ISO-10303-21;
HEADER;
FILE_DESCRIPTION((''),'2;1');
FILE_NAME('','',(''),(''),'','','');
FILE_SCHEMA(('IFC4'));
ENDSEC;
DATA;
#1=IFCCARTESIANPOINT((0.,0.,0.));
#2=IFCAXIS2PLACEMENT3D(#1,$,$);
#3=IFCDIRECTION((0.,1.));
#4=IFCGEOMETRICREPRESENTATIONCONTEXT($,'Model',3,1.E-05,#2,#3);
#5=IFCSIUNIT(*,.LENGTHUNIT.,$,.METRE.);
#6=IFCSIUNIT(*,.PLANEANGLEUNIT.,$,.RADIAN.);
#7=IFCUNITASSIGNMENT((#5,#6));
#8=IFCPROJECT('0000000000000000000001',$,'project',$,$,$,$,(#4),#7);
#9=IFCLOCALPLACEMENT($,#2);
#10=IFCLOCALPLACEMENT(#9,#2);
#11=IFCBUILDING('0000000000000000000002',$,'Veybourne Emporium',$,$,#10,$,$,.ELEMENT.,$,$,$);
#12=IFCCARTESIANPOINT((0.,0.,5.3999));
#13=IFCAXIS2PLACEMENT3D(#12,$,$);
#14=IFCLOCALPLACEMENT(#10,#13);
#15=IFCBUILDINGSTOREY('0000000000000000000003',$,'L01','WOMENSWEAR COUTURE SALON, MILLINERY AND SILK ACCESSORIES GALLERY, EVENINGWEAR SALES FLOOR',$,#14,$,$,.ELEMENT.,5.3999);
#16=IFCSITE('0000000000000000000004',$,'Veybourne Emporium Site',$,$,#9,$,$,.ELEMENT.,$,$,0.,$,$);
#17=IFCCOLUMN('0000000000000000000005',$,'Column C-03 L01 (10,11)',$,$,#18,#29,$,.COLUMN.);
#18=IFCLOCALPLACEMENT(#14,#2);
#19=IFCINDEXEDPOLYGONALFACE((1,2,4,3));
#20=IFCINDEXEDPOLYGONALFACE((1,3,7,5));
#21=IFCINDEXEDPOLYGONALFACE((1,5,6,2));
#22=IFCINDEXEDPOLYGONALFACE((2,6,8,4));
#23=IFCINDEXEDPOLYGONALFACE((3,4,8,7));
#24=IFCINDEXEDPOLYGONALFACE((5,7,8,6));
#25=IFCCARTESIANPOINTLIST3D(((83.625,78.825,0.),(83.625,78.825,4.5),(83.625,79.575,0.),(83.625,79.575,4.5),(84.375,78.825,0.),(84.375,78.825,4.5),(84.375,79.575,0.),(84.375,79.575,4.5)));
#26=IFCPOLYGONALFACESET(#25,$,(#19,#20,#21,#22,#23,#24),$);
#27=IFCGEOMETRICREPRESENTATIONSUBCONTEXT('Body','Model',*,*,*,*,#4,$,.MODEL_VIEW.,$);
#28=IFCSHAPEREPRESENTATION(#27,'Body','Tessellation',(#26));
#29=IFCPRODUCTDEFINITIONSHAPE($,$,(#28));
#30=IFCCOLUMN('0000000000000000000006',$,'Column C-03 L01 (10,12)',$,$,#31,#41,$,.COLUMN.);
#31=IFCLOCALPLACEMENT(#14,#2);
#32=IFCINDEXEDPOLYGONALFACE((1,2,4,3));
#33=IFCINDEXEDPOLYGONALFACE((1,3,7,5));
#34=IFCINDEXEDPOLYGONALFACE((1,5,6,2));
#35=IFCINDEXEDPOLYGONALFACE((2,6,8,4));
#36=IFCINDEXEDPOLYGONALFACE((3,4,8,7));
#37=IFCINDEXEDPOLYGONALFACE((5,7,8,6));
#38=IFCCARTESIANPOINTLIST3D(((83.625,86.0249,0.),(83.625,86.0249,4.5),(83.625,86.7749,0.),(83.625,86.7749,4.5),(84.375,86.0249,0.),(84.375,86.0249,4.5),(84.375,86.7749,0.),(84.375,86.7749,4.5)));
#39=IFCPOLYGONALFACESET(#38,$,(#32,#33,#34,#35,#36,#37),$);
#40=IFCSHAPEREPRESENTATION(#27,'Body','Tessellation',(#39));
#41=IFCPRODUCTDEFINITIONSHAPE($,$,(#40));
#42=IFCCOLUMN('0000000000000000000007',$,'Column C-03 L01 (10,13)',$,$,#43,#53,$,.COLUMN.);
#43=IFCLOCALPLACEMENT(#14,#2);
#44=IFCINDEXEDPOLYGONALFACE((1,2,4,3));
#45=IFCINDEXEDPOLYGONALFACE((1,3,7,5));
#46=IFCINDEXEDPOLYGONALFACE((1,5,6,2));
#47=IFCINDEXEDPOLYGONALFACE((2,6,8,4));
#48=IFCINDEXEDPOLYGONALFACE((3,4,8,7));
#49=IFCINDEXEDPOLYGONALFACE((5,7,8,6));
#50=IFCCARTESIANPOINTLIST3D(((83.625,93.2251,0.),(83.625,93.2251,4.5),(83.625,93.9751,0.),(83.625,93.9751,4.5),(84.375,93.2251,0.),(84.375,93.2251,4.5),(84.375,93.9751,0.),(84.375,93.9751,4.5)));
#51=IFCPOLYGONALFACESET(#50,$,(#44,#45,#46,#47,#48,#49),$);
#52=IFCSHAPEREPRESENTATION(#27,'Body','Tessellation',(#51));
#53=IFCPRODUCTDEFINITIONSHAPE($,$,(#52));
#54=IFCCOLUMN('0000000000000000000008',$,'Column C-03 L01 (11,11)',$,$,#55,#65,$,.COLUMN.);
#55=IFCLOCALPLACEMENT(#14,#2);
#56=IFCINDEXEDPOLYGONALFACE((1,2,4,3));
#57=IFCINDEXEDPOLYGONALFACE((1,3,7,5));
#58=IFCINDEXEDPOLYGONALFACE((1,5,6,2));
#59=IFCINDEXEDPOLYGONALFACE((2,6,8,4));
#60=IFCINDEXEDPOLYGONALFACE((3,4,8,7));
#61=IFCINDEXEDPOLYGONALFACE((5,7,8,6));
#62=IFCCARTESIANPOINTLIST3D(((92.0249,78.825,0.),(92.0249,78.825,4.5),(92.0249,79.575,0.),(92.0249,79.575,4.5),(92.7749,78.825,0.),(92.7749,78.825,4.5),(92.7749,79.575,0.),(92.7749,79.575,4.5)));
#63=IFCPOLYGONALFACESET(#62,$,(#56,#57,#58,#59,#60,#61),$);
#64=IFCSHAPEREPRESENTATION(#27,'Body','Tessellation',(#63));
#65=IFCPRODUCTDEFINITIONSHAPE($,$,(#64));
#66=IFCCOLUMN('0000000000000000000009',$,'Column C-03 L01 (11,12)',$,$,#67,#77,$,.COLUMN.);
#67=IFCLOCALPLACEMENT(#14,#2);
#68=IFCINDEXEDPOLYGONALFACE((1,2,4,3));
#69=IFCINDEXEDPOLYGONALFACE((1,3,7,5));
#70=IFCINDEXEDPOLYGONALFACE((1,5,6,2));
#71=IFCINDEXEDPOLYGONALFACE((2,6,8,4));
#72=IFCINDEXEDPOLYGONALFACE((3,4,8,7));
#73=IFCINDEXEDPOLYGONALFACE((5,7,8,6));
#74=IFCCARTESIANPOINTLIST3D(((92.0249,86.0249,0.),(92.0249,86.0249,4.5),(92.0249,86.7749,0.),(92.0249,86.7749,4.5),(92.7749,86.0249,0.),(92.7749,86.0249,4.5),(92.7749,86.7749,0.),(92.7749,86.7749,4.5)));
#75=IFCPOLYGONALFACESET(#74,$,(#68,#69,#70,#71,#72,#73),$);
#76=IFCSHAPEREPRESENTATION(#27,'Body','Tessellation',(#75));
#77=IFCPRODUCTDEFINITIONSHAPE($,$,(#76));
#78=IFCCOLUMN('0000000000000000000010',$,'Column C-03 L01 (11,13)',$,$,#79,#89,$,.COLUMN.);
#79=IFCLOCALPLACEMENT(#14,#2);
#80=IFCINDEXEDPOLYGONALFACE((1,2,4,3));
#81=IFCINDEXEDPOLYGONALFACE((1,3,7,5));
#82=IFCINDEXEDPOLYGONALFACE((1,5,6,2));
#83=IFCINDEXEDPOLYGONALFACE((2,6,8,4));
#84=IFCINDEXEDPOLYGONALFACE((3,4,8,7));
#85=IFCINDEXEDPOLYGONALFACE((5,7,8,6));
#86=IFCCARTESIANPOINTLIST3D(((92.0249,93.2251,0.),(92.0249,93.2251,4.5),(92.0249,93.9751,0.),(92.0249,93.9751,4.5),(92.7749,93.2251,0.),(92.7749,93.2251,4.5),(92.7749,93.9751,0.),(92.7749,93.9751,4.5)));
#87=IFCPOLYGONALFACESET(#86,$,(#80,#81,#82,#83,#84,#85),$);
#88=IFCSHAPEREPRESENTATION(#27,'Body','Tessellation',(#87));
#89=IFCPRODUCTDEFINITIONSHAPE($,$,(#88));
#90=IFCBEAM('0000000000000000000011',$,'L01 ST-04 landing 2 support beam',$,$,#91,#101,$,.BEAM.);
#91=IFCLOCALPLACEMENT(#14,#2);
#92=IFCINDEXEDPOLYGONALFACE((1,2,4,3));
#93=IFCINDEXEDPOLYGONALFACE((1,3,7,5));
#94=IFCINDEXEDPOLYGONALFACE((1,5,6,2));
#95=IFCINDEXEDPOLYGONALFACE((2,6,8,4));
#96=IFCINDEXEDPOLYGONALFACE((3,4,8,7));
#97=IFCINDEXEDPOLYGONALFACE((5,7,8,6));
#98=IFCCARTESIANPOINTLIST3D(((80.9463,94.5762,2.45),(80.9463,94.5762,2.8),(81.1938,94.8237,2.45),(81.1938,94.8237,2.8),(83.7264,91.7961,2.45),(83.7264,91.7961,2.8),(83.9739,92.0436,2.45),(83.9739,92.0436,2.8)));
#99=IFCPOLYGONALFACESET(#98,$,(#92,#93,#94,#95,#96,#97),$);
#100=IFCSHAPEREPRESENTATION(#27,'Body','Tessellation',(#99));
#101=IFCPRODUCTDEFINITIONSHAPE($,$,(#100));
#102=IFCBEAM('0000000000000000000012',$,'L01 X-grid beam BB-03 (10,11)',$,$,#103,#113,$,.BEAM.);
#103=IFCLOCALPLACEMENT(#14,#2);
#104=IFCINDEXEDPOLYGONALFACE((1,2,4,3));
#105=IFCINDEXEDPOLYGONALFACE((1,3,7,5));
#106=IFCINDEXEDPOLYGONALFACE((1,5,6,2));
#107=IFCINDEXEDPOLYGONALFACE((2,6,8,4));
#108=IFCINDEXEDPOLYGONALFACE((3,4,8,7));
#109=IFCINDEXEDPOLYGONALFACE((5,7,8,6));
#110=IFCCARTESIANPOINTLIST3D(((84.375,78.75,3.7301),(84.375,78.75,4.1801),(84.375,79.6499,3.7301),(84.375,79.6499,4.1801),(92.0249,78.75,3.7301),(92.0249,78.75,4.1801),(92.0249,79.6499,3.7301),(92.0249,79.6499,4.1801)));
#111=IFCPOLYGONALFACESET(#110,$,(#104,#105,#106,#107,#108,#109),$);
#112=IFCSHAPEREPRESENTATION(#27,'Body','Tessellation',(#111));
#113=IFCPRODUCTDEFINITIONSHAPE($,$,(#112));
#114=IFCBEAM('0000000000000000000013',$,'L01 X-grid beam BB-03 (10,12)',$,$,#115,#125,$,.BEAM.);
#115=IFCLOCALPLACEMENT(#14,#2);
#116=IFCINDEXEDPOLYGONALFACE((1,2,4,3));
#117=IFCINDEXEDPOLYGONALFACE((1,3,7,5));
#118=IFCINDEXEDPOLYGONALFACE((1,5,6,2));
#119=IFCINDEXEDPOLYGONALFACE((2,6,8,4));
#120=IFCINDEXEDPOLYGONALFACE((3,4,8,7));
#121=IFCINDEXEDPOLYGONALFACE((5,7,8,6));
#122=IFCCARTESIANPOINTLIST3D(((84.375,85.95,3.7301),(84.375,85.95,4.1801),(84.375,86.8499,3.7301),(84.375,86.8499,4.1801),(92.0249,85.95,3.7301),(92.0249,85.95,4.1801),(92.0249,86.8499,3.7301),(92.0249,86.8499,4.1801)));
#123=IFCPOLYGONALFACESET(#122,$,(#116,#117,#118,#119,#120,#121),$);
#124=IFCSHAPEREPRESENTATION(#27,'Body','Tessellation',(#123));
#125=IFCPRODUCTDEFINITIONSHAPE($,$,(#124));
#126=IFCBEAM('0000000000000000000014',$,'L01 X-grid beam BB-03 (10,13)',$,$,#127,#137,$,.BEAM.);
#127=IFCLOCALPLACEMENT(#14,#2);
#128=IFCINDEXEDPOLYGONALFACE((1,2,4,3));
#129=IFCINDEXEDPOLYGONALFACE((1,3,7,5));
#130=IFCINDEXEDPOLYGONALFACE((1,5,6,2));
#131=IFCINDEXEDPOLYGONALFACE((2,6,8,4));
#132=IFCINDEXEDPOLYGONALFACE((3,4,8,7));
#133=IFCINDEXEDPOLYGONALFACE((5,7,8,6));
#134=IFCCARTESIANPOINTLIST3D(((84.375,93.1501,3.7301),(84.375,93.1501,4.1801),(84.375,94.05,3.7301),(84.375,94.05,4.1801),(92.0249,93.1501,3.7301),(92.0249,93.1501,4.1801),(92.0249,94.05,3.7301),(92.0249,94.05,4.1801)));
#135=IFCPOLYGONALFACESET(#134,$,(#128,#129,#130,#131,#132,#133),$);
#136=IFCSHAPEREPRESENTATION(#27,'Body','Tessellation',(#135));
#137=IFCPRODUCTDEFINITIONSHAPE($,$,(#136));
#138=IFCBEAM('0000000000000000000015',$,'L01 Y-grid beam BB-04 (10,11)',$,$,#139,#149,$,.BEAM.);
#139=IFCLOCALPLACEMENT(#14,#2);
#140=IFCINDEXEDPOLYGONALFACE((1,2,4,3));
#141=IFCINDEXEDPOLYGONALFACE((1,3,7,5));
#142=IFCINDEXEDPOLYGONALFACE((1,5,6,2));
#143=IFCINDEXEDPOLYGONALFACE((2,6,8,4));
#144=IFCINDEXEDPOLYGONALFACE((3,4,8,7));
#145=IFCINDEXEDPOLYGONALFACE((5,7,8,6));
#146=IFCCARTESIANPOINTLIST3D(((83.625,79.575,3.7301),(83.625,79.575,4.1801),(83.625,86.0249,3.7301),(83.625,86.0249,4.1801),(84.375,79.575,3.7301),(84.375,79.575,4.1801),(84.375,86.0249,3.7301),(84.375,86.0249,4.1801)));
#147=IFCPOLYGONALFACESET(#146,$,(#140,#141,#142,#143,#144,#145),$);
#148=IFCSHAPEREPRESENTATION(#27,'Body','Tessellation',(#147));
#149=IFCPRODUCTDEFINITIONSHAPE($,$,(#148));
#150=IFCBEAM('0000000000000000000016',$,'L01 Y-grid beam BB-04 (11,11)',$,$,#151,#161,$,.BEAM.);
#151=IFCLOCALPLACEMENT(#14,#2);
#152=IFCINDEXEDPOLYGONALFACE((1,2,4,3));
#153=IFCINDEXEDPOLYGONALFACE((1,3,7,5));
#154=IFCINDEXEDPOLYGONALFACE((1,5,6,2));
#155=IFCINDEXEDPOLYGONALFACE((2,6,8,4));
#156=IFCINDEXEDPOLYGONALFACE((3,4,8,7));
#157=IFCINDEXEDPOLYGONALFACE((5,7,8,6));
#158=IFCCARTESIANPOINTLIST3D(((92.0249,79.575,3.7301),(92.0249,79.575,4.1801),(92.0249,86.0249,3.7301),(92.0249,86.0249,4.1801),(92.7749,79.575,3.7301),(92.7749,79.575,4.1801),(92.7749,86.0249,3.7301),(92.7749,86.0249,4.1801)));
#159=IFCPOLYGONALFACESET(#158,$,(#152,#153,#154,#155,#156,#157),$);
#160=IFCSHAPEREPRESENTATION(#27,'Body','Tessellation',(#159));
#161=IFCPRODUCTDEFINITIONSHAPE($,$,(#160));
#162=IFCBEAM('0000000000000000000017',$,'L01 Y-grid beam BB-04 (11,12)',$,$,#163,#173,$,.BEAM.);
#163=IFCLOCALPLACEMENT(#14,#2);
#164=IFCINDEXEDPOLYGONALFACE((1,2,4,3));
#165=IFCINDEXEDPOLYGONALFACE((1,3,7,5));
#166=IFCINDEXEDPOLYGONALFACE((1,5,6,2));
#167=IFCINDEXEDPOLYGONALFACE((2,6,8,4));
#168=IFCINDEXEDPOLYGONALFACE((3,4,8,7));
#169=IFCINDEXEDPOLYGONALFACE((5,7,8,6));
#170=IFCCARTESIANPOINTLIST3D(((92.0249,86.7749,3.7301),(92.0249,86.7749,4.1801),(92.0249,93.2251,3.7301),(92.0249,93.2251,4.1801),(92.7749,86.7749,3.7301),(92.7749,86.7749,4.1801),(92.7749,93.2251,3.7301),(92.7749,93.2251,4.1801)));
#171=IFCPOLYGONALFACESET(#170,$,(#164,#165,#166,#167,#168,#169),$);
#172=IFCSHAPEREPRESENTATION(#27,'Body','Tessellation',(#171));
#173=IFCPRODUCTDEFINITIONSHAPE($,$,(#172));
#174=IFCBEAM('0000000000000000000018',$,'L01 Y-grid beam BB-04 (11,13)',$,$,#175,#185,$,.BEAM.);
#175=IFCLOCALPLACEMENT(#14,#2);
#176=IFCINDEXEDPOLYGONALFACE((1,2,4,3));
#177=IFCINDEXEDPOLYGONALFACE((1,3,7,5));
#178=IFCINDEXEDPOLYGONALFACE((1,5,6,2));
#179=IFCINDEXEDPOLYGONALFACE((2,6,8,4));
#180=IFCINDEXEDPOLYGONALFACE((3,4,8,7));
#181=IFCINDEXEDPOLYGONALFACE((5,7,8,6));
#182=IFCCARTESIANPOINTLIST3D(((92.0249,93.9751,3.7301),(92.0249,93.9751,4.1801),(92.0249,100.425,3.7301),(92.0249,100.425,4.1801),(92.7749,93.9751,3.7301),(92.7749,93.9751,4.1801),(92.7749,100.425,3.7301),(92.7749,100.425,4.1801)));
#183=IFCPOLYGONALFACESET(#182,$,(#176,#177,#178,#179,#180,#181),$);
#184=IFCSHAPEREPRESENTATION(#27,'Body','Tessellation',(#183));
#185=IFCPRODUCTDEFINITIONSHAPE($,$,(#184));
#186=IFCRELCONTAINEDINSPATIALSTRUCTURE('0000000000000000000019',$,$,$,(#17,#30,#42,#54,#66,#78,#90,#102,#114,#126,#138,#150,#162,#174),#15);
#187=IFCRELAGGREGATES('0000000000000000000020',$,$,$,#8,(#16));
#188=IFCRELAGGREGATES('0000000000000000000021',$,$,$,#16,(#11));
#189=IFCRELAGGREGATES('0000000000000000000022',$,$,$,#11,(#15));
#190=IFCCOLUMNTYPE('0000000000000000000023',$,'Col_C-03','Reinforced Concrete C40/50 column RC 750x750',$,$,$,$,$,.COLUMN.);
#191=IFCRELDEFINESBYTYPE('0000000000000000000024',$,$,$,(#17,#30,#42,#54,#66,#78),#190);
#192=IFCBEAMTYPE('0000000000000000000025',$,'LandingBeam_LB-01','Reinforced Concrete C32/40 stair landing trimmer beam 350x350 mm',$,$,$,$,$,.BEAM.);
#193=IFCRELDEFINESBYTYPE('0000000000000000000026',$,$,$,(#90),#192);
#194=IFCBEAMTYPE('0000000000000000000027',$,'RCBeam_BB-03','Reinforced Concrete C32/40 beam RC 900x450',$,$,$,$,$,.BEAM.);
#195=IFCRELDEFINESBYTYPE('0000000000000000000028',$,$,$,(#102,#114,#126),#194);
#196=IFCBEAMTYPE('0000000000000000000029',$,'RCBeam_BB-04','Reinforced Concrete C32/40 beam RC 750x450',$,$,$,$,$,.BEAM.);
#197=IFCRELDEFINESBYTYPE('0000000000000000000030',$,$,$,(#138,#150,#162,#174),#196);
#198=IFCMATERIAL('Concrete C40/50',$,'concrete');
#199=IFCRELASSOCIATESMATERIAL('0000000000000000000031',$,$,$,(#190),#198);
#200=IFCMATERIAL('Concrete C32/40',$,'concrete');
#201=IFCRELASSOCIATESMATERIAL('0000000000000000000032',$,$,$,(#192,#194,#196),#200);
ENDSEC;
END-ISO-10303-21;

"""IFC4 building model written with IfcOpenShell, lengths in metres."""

from ifc_helpers import new_model, si_unit, direction, frame, origin, origin_2d, place, context, subcontext, project, spatial, rectangle, extrude, material, material_profile, profile_set, type_object, element, save


model = new_model("IFC4")

# Units and contexts
model_context = context("Model", 3, precision=1e-05, world=origin(), true_north=direction((0.0, 1.0)))
body_context = subcontext(model_context, "Body", "Model", "MODEL_VIEW")
ifc_project = project(units=[si_unit("LENGTHUNIT", "METRE"), si_unit("PLANEANGLEUNIT", "RADIAN")], contexts=[model_context])

# Site, building, storey
site_placement = place(None, origin())
site = spatial("IfcSite", under=ifc_project, at=site_placement, Name="Veybourne Emporium Site", CompositionType="ELEMENT", RefElevation=0.0)
building_placement = place(site_placement, origin())
building = spatial("IfcBuilding", under=site, at=building_placement, Name="Veybourne Emporium", CompositionType="ELEMENT")
storey_placement = place(building_placement, frame((0.0, 0.0, 5.3999)))
storey = spatial("IfcBuildingStorey", under=building, at=storey_placement, Name="L01", Description="WOMENSWEAR COUTURE SALON, MILLINERY AND SILK ACCESSORIES GALLERY, EVENINGWEAR SALES FLOOR", CompositionType="ELEMENT", Elevation=5.3999)

# Columns
ifc_material_1 = material(Name="Concrete C40/50", Category="concrete")
ifc_material_profile_1 = material_profile(ifc_material_1, rectangle(XDim=0.75, YDim=0.75, at=origin_2d()), Name="RC 750x750")
ifc_profile_set_1 = profile_set([ifc_material_profile_1], Name="Concrete C40/50")
column_type = type_object("IfcColumnType", Name="Col_C-03", Description="Reinforced Concrete C40/50 column RC 750x750", PredefinedType="COLUMN", material=ifc_profile_set_1)
for number, where, z_axis, x_axis, name in (
    (1, (84.0, 79.2, 0.0), (0.0, 0.0, 1.0), (1.0, 0.0, 0.0), "Column C-03 L01 (10,11)"),
    (2, (84.0, 86.3999, 0.0), (0.0, 0.0, 1.0), (1.0, 0.0, 0.0), "Column C-03 L01 (10,12)"),
    (3, (84.0, 93.6001, 0.0), (0.0, 0.0, 1.0), (1.0, 0.0, 0.0), "Column C-03 L01 (10,13)"),
    (4, (92.3999, 79.2, 0.0), (0.0, 0.0, 1.0), (1.0, 0.0, 0.0), "Column C-03 L01 (11,11)"),
    (5, (92.3999, 86.3999, 0.0), (0.0, 0.0, 1.0), (1.0, 0.0, 0.0), "Column C-03 L01 (11,12)"),
    (6, (92.3999, 93.6001, 0.0), (0.0, 0.0, 1.0), (1.0, 0.0, 0.0), "Column C-03 L01 (11,13)"),
):
    element("IfcColumn", number, at=place(storey_placement, frame(where, z_axis=z_axis, x_axis=x_axis)), inside=storey, type_object=column_type, Name=name, PredefinedType="COLUMN", context=body_context, shape_type="SweptSolid", body=[
        extrude(rectangle(XDim=0.75, YDim=0.75, at=origin_2d()), origin(), (0.0, 0.0, 1.0), 4.5),
    ])

# Beams
ifc_material_2 = material(Name="Concrete C32/40", Category="concrete")
ifc_material_profile_2 = material_profile(ifc_material_2, rectangle(XDim=0.3501, YDim=0.3501, at=origin_2d()), Name="RC 350x350")
ifc_profile_set_2 = profile_set([ifc_material_profile_2], Name="Concrete C32/40")
beam_type_1 = type_object("IfcBeamType", Name="LandingBeam_LB-01", Description="Reinforced Concrete C32/40 stair landing trimmer beam 350x350 mm", PredefinedType="BEAM", material=ifc_profile_set_2)
beam_1_placement = place(storey_placement, frame((81.0701, 94.7, 2.625), z_axis=(0.707107, -0.707107, 0.0), x_axis=(0.707107, 0.707107, 0.0)))
element("IfcBeam", 7, at=beam_1_placement, inside=storey, type_object=beam_type_1, Name="L01 ST-04 landing 2 support beam", PredefinedType="BEAM", context=body_context, shape_type="SweptSolid", body=[
    extrude(rectangle(XDim=0.3501, YDim=0.3501, at=origin_2d()), origin(), (0.0, 0.0, 1.0), 3.9316),
])
ifc_material_profile_3 = material_profile(ifc_material_2, rectangle(XDim=0.8999, YDim=0.45, at=origin_2d()), Name="RC 900x450")
ifc_profile_set_3 = profile_set([ifc_material_profile_3], Name="Concrete C32/40")
beam_type_2 = type_object("IfcBeamType", Name="RCBeam_BB-03", Description="Reinforced Concrete C32/40 beam RC 900x450", PredefinedType="BEAM", material=ifc_profile_set_3)
for number, where, z_axis, x_axis, name in (
    (8, (84.375, 79.2, 3.9551), (1.0, 0.0, 0.0), (0.0, 1.0, 0.0), "L01 X-grid beam BB-03 (10,11)"),
    (9, (84.375, 86.3999, 3.9551), (1.0, 0.0, 0.0), (0.0, 1.0, 0.0), "L01 X-grid beam BB-03 (10,12)"),
    (10, (84.375, 93.6001, 3.9551), (1.0, 0.0, 0.0), (0.0, 1.0, 0.0), "L01 X-grid beam BB-03 (10,13)"),
):
    element("IfcBeam", number, at=place(storey_placement, frame(where, z_axis=z_axis, x_axis=x_axis)), inside=storey, type_object=beam_type_2, Name=name, PredefinedType="BEAM", context=body_context, shape_type="SweptSolid", body=[
        extrude(rectangle(XDim=0.8999, YDim=0.45, at=origin_2d()), origin(), (0.0, 0.0, 1.0), 7.6499),
    ])
ifc_material_profile_4 = material_profile(ifc_material_2, rectangle(XDim=0.75, YDim=0.45, at=origin_2d()), Name="RC 750x450")
ifc_profile_set_4 = profile_set([ifc_material_profile_4], Name="Concrete C32/40")
beam_type_3 = type_object("IfcBeamType", Name="RCBeam_BB-04", Description="Reinforced Concrete C32/40 beam RC 750x450", PredefinedType="BEAM", material=ifc_profile_set_4)
for number, where, z_axis, x_axis, name in (
    (11, (84.0, 79.575, 3.9551), (0.0, 1.0, 0.0), (-1.0, 0.0, 0.0), "L01 Y-grid beam BB-04 (10,11)"),
    (12, (92.3999, 79.575, 3.9551), (0.0, 1.0, 0.0), (-1.0, 0.0, 0.0), "L01 Y-grid beam BB-04 (11,11)"),
):
    element("IfcBeam", number, at=place(storey_placement, frame(where, z_axis=z_axis, x_axis=x_axis)), inside=storey, type_object=beam_type_3, Name=name, PredefinedType="BEAM", context=body_context, shape_type="SweptSolid", body=[
        extrude(rectangle(XDim=0.75, YDim=0.45, at=origin_2d()), origin(), (0.0, 0.0, 1.0), 6.45),
    ])
beam_2_placement = place(storey_placement, frame((92.3999, 86.7749, 3.9551), z_axis=(0.0, 1.0, 0.0), x_axis=(-1.0, 0.0, 0.0)))
element("IfcBeam", 13, at=beam_2_placement, inside=storey, type_object=beam_type_3, Name="L01 Y-grid beam BB-04 (11,12)", PredefinedType="BEAM", context=body_context, shape_type="SweptSolid", body=[
    extrude(rectangle(XDim=0.75, YDim=0.45, at=origin_2d()), origin(), (0.0, 0.0, 1.0), 6.4502),
])
beam_3_placement = place(storey_placement, frame((92.3999, 93.9751, 3.9551), z_axis=(0.0, 1.0, 0.0), x_axis=(-1.0, 0.0, 0.0)))
element("IfcBeam", 14, at=beam_3_placement, inside=storey, type_object=beam_type_3, Name="L01 Y-grid beam BB-04 (11,13)", PredefinedType="BEAM", context=body_context, shape_type="SweptSolid", body=[
    extrude(rectangle(XDim=0.75, YDim=0.45, at=origin_2d()), origin(), (0.0, 0.0, 1.0), 6.45),
])

save(model, "model.ifc")
